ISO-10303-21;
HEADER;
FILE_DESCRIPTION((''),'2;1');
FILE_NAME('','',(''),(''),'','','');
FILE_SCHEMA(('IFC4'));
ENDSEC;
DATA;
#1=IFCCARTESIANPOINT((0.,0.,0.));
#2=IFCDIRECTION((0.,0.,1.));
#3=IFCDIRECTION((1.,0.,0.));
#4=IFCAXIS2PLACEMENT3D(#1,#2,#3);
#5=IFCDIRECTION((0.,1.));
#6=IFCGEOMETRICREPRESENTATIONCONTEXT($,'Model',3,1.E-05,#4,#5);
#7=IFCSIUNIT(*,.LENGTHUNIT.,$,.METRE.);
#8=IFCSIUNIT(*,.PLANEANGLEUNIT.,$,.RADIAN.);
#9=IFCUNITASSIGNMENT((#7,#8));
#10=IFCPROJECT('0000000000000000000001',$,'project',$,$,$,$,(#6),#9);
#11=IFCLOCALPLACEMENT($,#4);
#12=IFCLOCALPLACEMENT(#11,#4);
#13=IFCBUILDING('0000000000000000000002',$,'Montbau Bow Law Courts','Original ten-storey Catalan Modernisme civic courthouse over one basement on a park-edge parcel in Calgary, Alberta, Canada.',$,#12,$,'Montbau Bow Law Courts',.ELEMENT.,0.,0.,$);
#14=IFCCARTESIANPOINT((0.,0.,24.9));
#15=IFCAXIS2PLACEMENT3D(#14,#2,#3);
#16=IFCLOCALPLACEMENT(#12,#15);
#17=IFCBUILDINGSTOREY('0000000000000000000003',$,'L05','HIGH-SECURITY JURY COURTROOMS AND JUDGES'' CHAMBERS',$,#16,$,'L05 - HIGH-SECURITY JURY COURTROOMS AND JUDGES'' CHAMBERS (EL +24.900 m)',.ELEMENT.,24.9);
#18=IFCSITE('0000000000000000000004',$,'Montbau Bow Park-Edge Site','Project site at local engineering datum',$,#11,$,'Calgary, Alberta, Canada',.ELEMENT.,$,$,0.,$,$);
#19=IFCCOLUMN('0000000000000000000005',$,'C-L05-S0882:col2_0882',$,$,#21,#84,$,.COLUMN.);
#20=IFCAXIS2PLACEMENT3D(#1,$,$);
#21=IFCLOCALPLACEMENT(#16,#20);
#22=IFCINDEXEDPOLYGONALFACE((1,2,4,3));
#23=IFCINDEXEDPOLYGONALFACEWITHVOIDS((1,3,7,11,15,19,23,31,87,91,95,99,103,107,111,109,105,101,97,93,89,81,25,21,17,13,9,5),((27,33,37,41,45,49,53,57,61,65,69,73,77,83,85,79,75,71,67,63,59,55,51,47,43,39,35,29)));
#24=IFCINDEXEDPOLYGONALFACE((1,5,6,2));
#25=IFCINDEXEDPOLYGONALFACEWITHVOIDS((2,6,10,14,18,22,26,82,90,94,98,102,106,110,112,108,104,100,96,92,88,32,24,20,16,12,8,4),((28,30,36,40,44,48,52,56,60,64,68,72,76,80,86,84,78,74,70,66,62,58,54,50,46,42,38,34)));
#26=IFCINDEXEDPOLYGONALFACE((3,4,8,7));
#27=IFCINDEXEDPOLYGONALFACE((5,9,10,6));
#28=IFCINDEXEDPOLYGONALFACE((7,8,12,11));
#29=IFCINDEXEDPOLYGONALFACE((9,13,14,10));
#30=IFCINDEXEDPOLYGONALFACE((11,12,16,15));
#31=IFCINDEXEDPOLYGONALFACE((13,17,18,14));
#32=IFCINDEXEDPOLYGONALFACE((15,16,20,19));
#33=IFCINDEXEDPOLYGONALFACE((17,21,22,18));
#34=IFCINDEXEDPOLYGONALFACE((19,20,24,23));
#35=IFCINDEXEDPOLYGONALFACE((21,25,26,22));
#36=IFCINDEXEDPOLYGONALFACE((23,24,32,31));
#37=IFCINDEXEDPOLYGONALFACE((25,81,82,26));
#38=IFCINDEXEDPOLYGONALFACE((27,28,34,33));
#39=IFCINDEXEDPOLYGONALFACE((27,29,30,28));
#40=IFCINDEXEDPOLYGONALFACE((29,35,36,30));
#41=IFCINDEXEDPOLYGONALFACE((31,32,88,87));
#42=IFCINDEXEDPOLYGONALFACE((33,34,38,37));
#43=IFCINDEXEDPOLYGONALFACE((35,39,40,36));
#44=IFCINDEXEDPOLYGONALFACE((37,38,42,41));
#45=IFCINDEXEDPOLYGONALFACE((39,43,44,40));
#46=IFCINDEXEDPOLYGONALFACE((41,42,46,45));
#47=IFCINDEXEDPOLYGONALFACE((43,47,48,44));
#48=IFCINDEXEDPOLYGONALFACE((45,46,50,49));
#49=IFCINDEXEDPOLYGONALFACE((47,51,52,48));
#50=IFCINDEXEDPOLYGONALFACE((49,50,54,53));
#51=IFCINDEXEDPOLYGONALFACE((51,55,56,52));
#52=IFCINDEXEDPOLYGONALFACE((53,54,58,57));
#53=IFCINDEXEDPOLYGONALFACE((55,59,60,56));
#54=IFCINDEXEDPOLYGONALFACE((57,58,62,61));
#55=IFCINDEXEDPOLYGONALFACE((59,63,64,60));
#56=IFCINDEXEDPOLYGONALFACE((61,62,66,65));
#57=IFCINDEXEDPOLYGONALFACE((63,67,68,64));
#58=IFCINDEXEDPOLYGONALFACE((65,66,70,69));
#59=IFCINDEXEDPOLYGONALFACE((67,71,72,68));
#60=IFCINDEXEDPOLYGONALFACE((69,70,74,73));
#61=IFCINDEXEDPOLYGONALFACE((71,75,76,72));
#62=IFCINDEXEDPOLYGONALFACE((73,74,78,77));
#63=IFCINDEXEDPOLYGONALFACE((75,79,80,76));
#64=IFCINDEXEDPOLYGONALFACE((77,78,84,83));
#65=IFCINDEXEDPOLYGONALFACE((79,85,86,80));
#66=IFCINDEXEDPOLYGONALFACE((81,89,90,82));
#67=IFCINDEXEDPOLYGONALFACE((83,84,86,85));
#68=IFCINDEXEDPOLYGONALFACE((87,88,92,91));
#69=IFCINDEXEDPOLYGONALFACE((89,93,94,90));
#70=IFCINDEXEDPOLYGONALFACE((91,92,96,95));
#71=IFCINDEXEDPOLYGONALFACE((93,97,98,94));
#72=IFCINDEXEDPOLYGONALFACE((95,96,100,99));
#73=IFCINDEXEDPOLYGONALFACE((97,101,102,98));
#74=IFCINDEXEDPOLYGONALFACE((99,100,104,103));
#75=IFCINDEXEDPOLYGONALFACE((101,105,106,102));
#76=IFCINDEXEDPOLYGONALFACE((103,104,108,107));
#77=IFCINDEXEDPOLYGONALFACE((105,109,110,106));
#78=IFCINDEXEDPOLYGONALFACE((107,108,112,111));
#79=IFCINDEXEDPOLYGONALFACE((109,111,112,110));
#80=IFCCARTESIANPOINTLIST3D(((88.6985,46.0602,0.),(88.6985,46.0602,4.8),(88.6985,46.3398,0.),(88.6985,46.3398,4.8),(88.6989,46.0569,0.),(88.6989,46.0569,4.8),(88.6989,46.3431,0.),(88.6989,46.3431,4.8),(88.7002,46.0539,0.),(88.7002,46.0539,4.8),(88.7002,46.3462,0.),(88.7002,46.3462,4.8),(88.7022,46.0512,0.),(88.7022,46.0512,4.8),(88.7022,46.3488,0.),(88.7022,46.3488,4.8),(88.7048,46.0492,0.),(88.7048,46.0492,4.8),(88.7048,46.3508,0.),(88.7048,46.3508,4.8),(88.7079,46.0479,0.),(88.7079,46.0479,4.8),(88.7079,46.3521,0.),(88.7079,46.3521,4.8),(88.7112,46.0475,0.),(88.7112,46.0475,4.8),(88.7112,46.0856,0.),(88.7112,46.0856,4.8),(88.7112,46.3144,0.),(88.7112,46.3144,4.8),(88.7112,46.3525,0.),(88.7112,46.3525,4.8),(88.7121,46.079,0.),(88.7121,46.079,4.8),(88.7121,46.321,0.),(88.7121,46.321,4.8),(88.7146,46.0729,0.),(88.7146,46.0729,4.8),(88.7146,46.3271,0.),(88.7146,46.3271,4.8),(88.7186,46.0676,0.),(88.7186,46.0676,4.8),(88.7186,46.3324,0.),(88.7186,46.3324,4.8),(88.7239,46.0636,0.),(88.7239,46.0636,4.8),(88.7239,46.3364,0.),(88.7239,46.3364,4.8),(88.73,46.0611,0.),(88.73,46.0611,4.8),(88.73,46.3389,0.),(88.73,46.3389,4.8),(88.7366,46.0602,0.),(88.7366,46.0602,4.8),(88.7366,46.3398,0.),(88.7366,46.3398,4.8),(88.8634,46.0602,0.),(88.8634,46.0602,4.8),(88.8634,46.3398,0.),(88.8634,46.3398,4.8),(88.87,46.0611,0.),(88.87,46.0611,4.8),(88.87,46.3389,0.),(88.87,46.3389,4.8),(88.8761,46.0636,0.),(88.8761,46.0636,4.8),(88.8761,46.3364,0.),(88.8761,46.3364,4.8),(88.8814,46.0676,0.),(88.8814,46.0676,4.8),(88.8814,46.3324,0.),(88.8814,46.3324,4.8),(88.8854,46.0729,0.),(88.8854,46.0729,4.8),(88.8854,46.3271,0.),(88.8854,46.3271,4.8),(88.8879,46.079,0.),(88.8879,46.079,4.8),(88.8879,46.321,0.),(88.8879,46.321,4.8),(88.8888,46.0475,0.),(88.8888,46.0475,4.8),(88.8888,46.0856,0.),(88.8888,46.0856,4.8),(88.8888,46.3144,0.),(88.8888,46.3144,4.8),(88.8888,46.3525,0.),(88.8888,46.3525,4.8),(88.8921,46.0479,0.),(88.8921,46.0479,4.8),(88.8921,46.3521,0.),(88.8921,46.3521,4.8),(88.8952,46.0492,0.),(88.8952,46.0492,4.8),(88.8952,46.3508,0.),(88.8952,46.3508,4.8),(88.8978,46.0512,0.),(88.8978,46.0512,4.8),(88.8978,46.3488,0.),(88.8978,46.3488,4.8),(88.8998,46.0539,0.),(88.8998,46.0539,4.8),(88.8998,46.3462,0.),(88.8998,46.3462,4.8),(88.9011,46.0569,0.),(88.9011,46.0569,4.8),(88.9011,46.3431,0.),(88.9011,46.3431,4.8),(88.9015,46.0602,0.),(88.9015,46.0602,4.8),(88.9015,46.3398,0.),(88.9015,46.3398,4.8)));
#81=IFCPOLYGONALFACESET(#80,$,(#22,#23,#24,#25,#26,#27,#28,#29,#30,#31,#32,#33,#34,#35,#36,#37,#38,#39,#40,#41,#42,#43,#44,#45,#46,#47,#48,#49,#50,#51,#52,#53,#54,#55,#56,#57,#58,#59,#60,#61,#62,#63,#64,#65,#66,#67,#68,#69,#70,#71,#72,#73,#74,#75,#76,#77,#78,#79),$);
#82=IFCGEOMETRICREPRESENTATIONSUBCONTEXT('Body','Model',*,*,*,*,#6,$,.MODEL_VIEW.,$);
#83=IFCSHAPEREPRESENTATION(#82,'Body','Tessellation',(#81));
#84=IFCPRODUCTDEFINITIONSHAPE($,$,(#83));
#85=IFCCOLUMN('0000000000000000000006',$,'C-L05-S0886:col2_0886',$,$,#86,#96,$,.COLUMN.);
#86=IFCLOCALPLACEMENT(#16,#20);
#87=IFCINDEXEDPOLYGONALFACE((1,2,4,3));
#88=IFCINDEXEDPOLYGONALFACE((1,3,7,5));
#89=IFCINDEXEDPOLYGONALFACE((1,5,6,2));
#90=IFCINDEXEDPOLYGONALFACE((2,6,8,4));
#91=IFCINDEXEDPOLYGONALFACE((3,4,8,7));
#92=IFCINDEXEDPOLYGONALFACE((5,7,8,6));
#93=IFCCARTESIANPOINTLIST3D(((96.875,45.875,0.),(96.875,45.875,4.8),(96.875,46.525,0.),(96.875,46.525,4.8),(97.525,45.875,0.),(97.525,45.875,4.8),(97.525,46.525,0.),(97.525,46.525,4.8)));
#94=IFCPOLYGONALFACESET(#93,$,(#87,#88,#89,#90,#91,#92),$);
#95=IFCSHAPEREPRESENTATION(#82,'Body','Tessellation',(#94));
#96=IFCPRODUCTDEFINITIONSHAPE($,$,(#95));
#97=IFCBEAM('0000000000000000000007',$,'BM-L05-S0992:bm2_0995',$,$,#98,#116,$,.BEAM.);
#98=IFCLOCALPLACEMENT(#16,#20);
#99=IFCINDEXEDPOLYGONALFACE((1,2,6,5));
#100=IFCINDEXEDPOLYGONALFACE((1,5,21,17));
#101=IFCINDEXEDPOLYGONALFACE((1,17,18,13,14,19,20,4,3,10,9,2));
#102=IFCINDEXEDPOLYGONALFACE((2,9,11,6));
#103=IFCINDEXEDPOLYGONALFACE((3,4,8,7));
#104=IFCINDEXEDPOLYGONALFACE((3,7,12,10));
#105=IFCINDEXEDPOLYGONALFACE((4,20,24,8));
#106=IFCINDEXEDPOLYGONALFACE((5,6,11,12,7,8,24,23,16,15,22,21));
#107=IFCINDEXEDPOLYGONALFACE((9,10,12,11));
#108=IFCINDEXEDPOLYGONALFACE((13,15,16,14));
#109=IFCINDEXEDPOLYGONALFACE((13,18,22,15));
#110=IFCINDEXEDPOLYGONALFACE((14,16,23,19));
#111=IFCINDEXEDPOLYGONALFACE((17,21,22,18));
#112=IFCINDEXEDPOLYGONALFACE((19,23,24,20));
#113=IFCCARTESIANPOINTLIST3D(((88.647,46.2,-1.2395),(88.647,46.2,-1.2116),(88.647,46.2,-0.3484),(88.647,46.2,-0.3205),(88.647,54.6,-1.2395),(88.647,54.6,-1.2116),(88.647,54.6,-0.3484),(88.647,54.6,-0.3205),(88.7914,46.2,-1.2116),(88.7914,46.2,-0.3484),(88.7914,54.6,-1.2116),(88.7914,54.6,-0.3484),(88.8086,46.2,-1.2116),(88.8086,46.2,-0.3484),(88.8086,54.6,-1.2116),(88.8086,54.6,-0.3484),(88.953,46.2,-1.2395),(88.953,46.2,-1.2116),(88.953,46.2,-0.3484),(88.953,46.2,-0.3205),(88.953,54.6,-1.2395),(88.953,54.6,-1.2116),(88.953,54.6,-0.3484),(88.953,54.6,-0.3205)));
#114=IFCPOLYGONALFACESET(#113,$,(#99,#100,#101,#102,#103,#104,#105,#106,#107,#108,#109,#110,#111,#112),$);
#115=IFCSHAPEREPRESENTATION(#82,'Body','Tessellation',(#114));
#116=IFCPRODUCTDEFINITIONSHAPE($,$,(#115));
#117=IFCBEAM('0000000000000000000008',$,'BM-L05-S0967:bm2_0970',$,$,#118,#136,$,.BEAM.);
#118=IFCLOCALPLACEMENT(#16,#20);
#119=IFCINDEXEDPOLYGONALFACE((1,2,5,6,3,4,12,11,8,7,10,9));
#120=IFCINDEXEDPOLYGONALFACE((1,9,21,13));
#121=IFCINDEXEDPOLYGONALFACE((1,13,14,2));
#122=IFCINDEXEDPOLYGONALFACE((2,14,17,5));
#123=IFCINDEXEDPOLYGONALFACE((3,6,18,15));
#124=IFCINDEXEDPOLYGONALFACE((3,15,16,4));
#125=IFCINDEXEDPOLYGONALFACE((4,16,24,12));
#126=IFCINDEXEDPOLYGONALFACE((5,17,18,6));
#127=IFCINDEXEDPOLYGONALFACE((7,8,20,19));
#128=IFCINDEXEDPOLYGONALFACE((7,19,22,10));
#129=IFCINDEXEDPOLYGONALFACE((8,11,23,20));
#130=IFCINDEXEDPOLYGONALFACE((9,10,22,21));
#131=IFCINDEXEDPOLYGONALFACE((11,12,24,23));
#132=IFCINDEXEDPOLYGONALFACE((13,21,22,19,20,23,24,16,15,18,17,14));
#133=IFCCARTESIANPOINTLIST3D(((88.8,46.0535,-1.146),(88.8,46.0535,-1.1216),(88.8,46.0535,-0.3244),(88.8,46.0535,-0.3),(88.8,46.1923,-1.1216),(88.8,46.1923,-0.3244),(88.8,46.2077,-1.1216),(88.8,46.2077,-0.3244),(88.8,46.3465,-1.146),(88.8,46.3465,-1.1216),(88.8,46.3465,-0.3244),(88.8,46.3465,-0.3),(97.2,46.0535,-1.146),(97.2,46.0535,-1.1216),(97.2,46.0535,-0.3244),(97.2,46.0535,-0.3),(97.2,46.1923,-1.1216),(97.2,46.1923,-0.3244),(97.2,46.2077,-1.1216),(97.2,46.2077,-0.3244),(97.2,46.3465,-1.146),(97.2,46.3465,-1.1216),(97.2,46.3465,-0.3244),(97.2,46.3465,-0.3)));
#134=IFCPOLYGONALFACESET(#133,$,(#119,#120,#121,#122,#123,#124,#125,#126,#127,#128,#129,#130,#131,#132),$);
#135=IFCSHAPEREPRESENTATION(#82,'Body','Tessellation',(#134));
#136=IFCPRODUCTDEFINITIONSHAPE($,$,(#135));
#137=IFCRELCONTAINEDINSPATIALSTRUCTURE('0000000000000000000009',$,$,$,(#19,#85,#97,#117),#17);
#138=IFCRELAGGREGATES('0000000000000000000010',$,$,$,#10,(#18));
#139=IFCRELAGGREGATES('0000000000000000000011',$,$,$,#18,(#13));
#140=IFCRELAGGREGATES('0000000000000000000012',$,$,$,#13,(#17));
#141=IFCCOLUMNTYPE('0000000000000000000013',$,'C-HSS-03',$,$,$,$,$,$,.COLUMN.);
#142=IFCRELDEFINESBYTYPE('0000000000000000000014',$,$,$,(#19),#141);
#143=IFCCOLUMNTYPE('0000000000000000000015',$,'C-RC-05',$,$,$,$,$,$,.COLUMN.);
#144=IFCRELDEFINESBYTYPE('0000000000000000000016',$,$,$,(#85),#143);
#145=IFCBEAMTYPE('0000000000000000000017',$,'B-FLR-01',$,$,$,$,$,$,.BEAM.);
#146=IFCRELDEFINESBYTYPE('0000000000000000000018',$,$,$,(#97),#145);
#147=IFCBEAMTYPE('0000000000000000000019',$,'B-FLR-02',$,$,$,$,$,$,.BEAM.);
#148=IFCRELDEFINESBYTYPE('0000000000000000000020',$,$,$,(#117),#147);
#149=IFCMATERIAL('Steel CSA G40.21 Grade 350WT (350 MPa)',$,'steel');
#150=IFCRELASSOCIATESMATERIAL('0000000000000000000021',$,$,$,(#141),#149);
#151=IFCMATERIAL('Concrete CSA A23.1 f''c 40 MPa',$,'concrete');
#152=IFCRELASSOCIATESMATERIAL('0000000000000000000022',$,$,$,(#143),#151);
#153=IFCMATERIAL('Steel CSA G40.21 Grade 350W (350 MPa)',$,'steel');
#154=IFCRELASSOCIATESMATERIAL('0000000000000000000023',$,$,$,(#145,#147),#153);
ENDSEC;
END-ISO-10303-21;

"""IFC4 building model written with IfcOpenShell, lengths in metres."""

from ifc_helpers import new_model, si_unit, direction, frame, origin_with_axes, origin_2d_with_axis, place, context, subcontext, project, spatial, rectangle, hollow_rectangle, i_section, extrude, material, material_profile, profile_set, type_object, element, save


model = new_model("IFC4")

# Units and contexts
model_context = context("Model", 3, precision=1e-05, world=origin_with_axes(), true_north=direction((0.0, 1.0)))
body_context = subcontext(model_context, "Body", "Model", "MODEL_VIEW")
ifc_project = project(units=[si_unit("LENGTHUNIT", "METRE"), si_unit("PLANEANGLEUNIT", "RADIAN")], contexts=[model_context])

# Site, building, storey
site_placement = place(None, origin_with_axes())
site = spatial("IfcSite", under=ifc_project, at=site_placement, Name="Montbau Bow Park-Edge Site", Description="Project site at local engineering datum", LongName="Calgary, Alberta, Canada", CompositionType="ELEMENT", RefElevation=0.0)
building_placement = place(site_placement, origin_with_axes())
building = spatial("IfcBuilding", under=site, at=building_placement, Name="Montbau Bow Law Courts", Description="Original ten-storey Catalan Modernisme civic courthouse over one basement on a park-edge parcel in Calgary, Alberta, Canada.", LongName="Montbau Bow Law Courts", CompositionType="ELEMENT", ElevationOfRefHeight=0.0, ElevationOfTerrain=0.0)
storey_placement = place(building_placement, frame((0.0, 0.0, 24.9), z_axis=(0.0, 0.0, 1.0), x_axis=(1.0, 0.0, 0.0)))
storey = spatial("IfcBuildingStorey", under=building, at=storey_placement, Name="L05", Description="HIGH-SECURITY JURY COURTROOMS AND JUDGES' CHAMBERS", LongName="L05 - HIGH-SECURITY JURY COURTROOMS AND JUDGES' CHAMBERS (EL +24.900 m)", CompositionType="ELEMENT", Elevation=24.9)

# Columns
ifc_material_1 = material(Name="Steel CSA G40.21 Grade 350WT (350 MPa)", Category="steel")
ifc_material_profile_1 = material_profile(ifc_material_1, hollow_rectangle(XDim=0.203, YDim=0.305, WallThickness=0.0127, InnerFilletRadius=0.0254, OuterFilletRadius=0.0127, at=origin_2d_with_axis()), Name="HSS305X203X13", Category="Main", Priority=0)
ifc_profile_set_1 = profile_set([ifc_material_profile_1], Name="Steel CSA G40.21 Grade 350WT (350 MPa)")
column_type_1 = type_object("IfcColumnType", Name="C-HSS-03", PredefinedType="COLUMN", material=ifc_profile_set_1)
column_1_placement = place(None, frame((88.8, 46.2, 24.9), z_axis=(0.0, 0.0, 1.0), x_axis=(1.0, 0.0, 0.0)))
element("IfcColumn", 1, at=column_1_placement, inside=storey, type_object=column_type_1, Name="C-L05-S0882:col2_0882", PredefinedType="COLUMN", context=body_context, shape_type="SweptSolid", body=[
    extrude(hollow_rectangle(XDim=0.203, YDim=0.305, WallThickness=0.0127, InnerFilletRadius=0.0254, OuterFilletRadius=0.0127, at=origin_2d_with_axis()), origin_with_axes(), (0.0, 0.0, 1.0), 4.8),
])
ifc_material_2 = material(Name="Concrete CSA A23.1 f'c 40 MPa", Category="concrete")
ifc_material_profile_2 = material_profile(ifc_material_2, rectangle(XDim=0.65, YDim=0.65, at=origin_2d_with_axis()), Name="RC650X650", Category="Main", Priority=0)
ifc_profile_set_2 = profile_set([ifc_material_profile_2], Name="Concrete CSA A23.1 f'c 40 MPa")
column_type_2 = type_object("IfcColumnType", Name="C-RC-05", PredefinedType="COLUMN", material=ifc_profile_set_2)
column_2_placement = place(None, frame((97.2, 46.2, 24.9), z_axis=(0.0, 0.0, 1.0), x_axis=(1.0, 0.0, 0.0)))
element("IfcColumn", 2, at=column_2_placement, inside=storey, type_object=column_type_2, Name="C-L05-S0886:col2_0886", PredefinedType="COLUMN", context=body_context, shape_type="SweptSolid", body=[
    extrude(rectangle(XDim=0.65, YDim=0.65, at=origin_2d_with_axis()), origin_with_axes(), (0.0, 0.0, 1.0), 4.8),
])

# Beams
ifc_material_3 = material(Name="Steel CSA G40.21 Grade 350W (350 MPa)", Category="steel")
ifc_material_profile_3 = material_profile(ifc_material_3, i_section(OverallWidth=0.306, OverallDepth=0.919, WebThickness=0.0173, FlangeThickness=0.0279, at=origin_2d_with_axis()), Name="W920X253", Category="Main", Priority=0)
ifc_profile_set_3 = profile_set([ifc_material_profile_3], Name="Steel CSA G40.21 Grade 350W (350 MPa)")
beam_type_1 = type_object("IfcBeamType", Name="B-FLR-01", PredefinedType="BEAM", material=ifc_profile_set_3)
beam_1_placement = place(None, frame((88.8, 46.2, 24.12), z_axis=(0.0, 1.0, 0.0), x_axis=(-1.0, 0.0, 0.0)))
element("IfcBeam", 3, at=beam_1_placement, inside=storey, type_object=beam_type_1, Name="BM-L05-S0992:bm2_0995", PredefinedType="BEAM", context=body_context, shape_type="SweptSolid", body=[
    extrude(i_section(OverallWidth=0.306, OverallDepth=0.919, WebThickness=0.0173, FlangeThickness=0.0279, at=origin_2d_with_axis()), origin_with_axes(), (0.0, 0.0, 1.0), 8.4),
])
ifc_material_profile_4 = material_profile(ifc_material_3, i_section(OverallWidth=0.293, OverallDepth=0.846, WebThickness=0.0154, FlangeThickness=0.0244, at=origin_2d_with_axis()), Name="W840X210", Category="Main", Priority=0)
ifc_profile_set_4 = profile_set([ifc_material_profile_4], Name="Steel CSA G40.21 Grade 350W (350 MPa)")
beam_type_2 = type_object("IfcBeamType", Name="B-FLR-02", PredefinedType="BEAM", material=ifc_profile_set_4)
beam_2_placement = place(None, frame((88.8, 46.2, 24.177), z_axis=(1.0, 0.0, 0.0), x_axis=(0.0, 1.0, 0.0)))
element("IfcBeam", 4, at=beam_2_placement, inside=storey, type_object=beam_type_2, Name="BM-L05-S0967:bm2_0970", PredefinedType="BEAM", context=body_context, shape_type="SweptSolid", body=[
    extrude(i_section(OverallWidth=0.293, OverallDepth=0.846, WebThickness=0.0154, FlangeThickness=0.0244, at=origin_2d_with_axis()), origin_with_axes(), (0.0, 0.0, 1.0), 8.4),
])

save(model, "model.ifc")
